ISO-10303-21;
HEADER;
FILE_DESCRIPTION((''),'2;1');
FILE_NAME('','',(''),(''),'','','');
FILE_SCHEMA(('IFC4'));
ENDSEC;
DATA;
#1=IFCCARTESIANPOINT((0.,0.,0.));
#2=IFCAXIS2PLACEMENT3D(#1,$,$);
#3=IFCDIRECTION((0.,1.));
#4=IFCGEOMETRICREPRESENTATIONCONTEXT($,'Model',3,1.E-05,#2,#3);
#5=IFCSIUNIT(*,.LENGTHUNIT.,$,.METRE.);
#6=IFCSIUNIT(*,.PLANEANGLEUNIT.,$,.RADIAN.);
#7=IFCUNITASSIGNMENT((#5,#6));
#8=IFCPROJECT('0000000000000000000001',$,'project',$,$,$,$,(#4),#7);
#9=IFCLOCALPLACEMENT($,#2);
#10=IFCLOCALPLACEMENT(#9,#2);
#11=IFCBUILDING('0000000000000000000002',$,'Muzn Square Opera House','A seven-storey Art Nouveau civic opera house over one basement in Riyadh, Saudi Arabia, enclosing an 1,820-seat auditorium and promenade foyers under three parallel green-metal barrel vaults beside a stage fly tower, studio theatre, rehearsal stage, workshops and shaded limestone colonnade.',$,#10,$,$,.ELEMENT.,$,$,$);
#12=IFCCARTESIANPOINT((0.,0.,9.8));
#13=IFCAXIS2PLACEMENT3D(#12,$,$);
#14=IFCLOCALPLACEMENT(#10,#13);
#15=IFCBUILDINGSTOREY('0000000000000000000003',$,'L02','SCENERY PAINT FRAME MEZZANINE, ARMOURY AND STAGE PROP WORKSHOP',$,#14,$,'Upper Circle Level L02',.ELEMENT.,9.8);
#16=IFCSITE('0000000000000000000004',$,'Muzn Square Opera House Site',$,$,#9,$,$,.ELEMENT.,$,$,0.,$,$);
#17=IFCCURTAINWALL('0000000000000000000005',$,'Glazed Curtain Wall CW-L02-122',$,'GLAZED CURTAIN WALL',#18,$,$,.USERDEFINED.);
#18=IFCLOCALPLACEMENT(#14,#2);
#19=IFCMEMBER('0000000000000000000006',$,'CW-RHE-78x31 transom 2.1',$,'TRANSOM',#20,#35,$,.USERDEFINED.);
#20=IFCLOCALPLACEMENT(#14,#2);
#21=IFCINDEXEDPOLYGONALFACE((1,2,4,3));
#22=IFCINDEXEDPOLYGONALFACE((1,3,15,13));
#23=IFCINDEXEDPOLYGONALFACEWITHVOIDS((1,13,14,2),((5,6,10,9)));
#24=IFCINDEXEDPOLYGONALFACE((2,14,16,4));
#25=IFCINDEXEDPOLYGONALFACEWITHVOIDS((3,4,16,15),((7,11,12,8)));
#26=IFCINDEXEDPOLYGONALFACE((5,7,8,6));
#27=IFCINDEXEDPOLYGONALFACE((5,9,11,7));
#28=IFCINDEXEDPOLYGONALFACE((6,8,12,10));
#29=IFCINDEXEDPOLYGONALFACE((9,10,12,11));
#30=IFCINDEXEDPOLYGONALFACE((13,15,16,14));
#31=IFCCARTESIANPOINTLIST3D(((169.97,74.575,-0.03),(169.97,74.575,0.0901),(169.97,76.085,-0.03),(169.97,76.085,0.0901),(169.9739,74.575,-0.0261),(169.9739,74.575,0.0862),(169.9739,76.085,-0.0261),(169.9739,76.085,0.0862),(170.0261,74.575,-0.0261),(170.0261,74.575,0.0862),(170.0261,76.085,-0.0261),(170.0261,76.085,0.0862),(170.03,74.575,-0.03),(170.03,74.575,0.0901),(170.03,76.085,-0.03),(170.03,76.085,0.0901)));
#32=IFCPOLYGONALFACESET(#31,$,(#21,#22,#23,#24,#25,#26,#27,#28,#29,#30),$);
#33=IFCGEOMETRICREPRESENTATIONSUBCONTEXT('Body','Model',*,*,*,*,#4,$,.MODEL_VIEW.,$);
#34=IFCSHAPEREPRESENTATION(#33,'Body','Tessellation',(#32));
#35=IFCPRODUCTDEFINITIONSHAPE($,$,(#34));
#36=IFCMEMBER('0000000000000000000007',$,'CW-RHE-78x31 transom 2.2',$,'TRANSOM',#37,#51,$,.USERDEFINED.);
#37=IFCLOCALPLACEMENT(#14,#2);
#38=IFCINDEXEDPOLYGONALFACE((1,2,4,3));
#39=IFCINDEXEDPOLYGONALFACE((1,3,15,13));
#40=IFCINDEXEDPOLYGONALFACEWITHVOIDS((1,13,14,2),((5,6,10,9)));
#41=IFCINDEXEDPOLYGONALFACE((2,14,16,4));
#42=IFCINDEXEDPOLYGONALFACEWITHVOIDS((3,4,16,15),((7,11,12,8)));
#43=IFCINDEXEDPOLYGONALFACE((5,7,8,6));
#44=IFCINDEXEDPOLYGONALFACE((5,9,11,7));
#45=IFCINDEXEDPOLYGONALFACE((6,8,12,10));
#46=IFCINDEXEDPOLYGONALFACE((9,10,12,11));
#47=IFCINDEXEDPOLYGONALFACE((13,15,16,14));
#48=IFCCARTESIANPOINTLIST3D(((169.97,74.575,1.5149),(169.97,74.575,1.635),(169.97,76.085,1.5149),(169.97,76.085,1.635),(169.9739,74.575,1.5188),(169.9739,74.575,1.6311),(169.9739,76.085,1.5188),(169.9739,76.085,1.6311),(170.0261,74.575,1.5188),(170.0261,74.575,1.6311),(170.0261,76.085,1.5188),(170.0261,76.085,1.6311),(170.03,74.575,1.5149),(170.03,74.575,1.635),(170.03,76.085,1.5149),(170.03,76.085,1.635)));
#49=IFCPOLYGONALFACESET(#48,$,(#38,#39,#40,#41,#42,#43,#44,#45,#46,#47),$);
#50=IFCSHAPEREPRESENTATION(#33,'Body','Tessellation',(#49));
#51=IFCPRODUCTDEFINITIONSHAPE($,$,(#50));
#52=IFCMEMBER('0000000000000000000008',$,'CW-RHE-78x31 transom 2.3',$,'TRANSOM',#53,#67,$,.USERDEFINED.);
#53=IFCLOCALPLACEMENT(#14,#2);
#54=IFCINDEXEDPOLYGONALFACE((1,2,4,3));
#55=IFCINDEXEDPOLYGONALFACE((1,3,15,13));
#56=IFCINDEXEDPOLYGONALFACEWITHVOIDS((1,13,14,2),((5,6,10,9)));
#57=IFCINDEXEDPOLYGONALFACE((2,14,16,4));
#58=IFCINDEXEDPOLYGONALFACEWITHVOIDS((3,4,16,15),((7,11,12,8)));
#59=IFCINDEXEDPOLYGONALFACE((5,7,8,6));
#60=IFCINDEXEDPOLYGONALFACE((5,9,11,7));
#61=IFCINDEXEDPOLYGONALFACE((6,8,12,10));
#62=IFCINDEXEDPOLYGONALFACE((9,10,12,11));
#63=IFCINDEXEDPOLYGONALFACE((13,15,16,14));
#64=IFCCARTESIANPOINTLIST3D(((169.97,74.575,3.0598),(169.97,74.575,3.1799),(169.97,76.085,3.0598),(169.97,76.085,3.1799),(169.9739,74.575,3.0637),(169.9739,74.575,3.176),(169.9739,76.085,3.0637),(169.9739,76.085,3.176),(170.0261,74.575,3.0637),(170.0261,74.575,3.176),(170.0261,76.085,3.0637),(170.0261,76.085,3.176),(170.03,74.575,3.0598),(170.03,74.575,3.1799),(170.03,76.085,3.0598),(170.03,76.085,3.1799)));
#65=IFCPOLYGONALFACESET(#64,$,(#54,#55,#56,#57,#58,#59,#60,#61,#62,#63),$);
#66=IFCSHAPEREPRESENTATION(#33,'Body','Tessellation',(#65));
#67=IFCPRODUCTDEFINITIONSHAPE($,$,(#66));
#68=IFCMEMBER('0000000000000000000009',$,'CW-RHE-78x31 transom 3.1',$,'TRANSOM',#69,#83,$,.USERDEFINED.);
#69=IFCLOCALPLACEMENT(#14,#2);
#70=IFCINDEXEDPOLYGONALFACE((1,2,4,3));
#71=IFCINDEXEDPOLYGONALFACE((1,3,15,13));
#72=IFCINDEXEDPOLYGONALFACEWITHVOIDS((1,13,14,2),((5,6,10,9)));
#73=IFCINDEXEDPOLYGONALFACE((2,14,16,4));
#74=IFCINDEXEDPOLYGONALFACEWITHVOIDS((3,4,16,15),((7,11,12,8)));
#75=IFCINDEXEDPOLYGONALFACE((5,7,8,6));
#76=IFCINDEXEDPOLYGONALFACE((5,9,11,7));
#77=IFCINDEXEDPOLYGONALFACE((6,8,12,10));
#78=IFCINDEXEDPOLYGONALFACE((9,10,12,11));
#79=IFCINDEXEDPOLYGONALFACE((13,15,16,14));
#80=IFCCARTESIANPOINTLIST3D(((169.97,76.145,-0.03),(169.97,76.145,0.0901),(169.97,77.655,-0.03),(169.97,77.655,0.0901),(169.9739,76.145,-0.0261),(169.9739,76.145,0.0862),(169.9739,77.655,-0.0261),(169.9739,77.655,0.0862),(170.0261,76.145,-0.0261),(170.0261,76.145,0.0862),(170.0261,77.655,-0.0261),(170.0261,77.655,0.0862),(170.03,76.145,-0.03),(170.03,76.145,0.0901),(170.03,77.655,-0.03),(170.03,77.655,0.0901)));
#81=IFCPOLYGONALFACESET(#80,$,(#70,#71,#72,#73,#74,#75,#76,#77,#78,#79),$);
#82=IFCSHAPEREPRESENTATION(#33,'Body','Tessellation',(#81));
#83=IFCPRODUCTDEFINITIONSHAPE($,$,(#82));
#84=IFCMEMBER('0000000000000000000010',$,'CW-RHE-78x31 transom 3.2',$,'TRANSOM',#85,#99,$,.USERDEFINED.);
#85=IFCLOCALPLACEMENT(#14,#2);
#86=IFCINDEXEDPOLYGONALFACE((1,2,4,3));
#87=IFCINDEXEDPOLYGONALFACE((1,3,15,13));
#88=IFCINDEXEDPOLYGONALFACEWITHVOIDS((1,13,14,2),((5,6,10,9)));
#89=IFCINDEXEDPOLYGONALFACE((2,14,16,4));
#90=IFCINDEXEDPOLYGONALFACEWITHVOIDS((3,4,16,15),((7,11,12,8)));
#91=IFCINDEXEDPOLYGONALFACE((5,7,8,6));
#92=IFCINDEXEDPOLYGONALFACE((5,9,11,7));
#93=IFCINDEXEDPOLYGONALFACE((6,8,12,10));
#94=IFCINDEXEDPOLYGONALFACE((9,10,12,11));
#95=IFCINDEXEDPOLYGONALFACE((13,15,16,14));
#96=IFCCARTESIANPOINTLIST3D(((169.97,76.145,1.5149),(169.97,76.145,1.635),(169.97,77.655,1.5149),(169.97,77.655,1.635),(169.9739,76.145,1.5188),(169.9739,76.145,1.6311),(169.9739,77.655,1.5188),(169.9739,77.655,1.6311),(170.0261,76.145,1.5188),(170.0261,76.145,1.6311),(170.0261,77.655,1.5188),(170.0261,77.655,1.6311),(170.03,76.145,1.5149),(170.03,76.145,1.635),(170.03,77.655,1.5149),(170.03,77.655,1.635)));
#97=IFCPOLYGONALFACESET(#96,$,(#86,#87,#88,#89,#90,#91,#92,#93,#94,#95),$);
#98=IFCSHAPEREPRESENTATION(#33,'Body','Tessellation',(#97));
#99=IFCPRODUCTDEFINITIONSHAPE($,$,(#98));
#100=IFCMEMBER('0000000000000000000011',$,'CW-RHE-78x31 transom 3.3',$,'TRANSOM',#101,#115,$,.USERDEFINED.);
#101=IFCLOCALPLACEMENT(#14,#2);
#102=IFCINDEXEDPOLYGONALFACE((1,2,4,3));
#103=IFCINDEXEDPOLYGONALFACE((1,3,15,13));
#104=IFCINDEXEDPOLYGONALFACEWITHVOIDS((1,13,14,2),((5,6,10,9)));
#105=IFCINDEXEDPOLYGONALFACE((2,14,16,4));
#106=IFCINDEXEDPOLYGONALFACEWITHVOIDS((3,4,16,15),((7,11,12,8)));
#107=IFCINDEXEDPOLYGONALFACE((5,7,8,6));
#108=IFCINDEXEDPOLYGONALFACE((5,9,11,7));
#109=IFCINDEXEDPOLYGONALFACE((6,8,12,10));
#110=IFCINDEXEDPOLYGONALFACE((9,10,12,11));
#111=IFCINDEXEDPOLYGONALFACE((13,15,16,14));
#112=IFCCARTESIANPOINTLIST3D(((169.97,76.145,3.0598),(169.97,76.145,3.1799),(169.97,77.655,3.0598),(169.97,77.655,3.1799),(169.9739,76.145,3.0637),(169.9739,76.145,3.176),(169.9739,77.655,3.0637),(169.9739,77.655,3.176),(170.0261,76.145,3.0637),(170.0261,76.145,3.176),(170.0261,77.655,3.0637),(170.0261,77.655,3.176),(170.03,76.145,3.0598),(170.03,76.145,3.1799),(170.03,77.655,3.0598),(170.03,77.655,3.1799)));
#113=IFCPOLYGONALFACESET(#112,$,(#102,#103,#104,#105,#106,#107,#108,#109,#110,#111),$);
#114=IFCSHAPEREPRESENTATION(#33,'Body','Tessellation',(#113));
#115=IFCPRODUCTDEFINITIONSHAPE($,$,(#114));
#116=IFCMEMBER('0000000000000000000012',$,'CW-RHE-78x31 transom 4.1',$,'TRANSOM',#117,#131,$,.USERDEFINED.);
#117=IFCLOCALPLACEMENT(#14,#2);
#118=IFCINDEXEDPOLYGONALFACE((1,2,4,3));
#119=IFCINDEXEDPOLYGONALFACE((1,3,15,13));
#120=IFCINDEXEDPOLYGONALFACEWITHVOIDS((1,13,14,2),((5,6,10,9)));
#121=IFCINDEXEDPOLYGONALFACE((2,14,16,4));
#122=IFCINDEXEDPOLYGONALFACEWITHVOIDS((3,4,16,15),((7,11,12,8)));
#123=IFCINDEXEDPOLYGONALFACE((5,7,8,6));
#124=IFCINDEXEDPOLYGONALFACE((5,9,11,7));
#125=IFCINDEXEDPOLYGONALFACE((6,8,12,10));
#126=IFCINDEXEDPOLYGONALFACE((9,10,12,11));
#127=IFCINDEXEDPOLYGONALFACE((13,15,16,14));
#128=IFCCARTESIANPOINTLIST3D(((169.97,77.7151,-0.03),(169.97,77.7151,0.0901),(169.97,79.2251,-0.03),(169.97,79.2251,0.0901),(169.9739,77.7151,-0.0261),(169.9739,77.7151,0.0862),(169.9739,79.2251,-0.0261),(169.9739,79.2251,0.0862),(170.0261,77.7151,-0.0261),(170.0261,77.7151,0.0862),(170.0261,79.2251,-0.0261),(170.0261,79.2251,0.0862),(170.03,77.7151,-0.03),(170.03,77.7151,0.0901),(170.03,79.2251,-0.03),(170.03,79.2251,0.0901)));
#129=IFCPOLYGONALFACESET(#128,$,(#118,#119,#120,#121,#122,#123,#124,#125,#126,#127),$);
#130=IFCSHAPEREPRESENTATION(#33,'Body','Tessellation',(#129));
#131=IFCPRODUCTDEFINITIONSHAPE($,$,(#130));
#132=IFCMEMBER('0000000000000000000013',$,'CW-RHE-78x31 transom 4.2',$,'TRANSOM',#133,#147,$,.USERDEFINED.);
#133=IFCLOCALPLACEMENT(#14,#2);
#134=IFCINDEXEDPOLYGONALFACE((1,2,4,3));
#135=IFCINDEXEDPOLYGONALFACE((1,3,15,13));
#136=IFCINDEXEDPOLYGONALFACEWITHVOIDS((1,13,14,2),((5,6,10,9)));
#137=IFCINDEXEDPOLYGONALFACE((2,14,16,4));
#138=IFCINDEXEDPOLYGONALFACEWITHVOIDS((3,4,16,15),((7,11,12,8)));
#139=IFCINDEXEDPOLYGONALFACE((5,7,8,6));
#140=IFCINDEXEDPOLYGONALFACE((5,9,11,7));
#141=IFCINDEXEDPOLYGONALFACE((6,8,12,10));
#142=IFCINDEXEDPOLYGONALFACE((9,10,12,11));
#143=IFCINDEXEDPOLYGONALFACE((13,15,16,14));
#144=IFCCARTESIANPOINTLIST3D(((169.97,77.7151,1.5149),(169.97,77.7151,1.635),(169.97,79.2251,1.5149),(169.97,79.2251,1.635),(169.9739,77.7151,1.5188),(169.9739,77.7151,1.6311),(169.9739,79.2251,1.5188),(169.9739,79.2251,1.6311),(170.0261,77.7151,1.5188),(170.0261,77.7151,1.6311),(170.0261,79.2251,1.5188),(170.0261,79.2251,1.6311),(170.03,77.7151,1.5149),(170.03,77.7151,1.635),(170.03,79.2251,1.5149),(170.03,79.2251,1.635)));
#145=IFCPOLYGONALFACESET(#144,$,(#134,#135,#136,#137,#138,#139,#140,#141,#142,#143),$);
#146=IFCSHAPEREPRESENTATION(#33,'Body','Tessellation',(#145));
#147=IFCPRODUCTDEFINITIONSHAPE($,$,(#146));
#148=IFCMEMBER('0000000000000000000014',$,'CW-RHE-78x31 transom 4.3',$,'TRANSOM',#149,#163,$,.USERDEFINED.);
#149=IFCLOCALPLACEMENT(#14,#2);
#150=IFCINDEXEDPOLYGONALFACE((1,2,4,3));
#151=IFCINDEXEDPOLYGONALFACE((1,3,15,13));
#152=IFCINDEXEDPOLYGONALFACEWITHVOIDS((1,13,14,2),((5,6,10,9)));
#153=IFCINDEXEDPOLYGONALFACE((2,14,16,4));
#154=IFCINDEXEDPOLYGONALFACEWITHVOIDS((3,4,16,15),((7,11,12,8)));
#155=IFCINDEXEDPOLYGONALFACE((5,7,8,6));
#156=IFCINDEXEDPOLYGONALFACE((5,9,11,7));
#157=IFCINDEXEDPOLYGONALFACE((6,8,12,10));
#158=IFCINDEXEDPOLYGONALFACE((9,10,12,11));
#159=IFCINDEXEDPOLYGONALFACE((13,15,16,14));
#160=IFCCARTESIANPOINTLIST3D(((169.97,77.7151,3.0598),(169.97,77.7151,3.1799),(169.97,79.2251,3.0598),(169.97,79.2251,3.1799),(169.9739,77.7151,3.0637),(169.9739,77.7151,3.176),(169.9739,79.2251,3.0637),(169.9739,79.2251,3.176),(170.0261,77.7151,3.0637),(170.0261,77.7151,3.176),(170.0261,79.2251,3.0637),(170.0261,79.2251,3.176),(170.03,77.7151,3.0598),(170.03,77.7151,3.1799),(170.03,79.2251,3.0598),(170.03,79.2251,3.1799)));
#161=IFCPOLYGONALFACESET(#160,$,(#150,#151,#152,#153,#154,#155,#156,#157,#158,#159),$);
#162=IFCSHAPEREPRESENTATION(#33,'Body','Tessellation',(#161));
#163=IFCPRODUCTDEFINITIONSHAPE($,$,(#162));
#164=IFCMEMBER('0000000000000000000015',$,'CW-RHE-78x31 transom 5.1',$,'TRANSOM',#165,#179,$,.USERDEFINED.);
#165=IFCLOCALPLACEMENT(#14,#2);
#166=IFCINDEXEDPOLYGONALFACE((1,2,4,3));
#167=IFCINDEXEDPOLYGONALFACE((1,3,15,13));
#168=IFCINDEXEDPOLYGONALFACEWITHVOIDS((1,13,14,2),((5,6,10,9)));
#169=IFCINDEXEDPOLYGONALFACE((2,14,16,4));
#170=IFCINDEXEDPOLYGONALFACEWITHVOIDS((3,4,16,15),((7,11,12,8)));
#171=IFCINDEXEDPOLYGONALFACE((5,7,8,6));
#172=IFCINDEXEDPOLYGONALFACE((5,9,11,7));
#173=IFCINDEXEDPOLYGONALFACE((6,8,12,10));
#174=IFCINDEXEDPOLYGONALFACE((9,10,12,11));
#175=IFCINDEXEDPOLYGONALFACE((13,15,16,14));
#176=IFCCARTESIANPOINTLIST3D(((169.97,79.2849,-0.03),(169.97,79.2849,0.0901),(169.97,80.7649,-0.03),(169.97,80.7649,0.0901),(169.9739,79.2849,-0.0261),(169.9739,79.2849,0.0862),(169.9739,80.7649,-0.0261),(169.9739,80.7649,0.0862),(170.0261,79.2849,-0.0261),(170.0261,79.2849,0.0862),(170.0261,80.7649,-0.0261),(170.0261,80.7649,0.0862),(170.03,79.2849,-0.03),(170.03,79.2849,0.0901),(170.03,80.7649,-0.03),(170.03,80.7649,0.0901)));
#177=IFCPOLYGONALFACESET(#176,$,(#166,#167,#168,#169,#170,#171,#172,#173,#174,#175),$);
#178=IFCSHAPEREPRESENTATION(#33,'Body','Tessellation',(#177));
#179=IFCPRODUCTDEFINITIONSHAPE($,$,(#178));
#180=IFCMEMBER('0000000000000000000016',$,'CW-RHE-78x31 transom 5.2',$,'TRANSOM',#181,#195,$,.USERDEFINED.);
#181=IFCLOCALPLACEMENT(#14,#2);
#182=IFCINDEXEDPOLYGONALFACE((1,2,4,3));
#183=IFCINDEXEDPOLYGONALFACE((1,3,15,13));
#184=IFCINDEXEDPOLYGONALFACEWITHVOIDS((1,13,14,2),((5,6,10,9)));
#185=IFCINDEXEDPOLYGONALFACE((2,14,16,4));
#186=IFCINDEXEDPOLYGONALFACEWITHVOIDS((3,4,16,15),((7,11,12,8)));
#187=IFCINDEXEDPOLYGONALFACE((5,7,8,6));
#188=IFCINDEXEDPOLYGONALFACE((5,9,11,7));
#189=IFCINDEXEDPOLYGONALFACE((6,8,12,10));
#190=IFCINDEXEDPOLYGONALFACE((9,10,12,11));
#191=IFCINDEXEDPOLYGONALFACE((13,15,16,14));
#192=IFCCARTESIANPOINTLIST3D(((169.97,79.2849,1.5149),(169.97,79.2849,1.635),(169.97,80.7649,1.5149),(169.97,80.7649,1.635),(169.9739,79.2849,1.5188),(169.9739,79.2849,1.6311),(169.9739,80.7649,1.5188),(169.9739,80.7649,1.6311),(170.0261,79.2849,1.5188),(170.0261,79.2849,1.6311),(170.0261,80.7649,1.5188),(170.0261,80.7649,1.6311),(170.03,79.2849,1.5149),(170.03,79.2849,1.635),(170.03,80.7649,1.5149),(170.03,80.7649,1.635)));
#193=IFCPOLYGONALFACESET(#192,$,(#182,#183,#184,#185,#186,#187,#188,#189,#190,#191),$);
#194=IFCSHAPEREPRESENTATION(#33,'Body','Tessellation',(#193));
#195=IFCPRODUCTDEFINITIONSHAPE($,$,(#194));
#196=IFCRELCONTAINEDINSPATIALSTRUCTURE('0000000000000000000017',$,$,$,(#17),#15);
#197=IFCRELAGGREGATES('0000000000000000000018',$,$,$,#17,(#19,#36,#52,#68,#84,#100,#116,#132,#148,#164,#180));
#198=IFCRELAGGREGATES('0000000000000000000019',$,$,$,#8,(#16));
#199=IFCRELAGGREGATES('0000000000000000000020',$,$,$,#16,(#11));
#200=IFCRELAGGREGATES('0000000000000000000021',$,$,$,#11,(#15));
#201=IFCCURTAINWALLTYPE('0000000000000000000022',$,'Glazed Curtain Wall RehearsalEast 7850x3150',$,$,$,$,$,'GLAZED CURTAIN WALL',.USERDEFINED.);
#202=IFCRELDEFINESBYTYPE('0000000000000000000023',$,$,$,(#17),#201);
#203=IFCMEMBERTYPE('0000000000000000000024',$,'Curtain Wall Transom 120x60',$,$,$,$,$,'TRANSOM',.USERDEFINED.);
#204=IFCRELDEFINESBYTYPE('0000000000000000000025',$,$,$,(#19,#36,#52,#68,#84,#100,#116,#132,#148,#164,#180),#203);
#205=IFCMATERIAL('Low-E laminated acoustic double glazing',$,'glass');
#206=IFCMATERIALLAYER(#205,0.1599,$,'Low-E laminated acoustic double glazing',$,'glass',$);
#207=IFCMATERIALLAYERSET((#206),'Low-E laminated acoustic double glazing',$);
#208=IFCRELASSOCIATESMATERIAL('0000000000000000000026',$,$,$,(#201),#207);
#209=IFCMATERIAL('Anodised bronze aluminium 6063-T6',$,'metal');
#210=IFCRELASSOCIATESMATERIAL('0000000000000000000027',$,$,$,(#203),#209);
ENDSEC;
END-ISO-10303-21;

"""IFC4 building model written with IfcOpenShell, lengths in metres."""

from ifc_helpers import new_model, si_unit, direction, frame, origin, origin_2d, place, context, subcontext, project, spatial, hollow_rectangle, extrude, material, layer, layer_set, material_profile, profile_set, type_object, element, aggregate, save


model = new_model("IFC4")

# Units and contexts
model_context = context("Model", 3, precision=1e-05, world=origin(), true_north=direction((0.0, 1.0)))
body_context = subcontext(model_context, "Body", "Model", "MODEL_VIEW")
ifc_project = project(units=[si_unit("LENGTHUNIT", "METRE"), si_unit("PLANEANGLEUNIT", "RADIAN")], contexts=[model_context])

# Site, building, storey
site_placement = place(None, origin())
site = spatial("IfcSite", under=ifc_project, at=site_placement, Name="Muzn Square Opera House Site", CompositionType="ELEMENT", RefElevation=0.0)
building_placement = place(site_placement, origin())
building = spatial("IfcBuilding", under=site, at=building_placement, Name="Muzn Square Opera House", Description="A seven-storey Art Nouveau civic opera house over one basement in Riyadh, Saudi Arabia, enclosing an 1,820-seat auditorium and promenade foyers under three parallel green-metal barrel vaults beside a stage fly tower, studio theatre, rehearsal stage, workshops and shaded limestone colonnade.", CompositionType="ELEMENT")
storey_placement = place(building_placement, frame((0.0, 0.0, 9.8)))
storey = spatial("IfcBuildingStorey", under=building, at=storey_placement, Name="L02", Description="SCENERY PAINT FRAME MEZZANINE, ARMOURY AND STAGE PROP WORKSHOP", LongName="Upper Circle Level L02", CompositionType="ELEMENT", Elevation=9.8)

# Curtain wall, members
ifc_material_1 = material(Name="Low-E laminated acoustic double glazing", Category="glass")
ifc_layer_1 = layer(ifc_material_1, 0.1599, Name="Low-E laminated acoustic double glazing", Category="glass")
ifc_layer_set_1 = layer_set([ifc_layer_1], Name="Low-E laminated acoustic double glazing")
curtain_wall_type = type_object("IfcCurtainWallType", Name="Glazed Curtain Wall RehearsalEast 7850x3150", ElementType="GLAZED CURTAIN WALL", PredefinedType="USERDEFINED", material=ifc_layer_set_1)
curtain_wall_placement = place(storey_placement, origin())
curtain_wall = element("IfcCurtainWall", 1, at=curtain_wall_placement, inside=storey, type_object=curtain_wall_type, Name="Glazed Curtain Wall CW-L02-122", ObjectType="GLAZED CURTAIN WALL", PredefinedType="USERDEFINED")
ifc_material_2 = material(Name="Anodised bronze aluminium 6063-T6", Category="metal")
ifc_material_profile_1 = material_profile(ifc_material_2, hollow_rectangle(XDim=0.0601, YDim=0.1201, WallThickness=0.0039, at=origin_2d()), Name="ALU 120x60x4", Category="metal")
ifc_profile_set_1 = profile_set([ifc_material_profile_1], Name="Anodised bronze aluminium 6063-T6")
member_type_1 = type_object("IfcMemberType", Name="Curtain Wall Transom 120x60", ElementType="TRANSOM", PredefinedType="USERDEFINED", material=ifc_profile_set_1)
member_1_placement = place(storey_placement, frame((170.0, 74.575, 0.03), z_axis=(0.0, 1.0, 0.0), x_axis=(-1.0, 0.0, 0.0)))
member_1 = element("IfcMember", 2, at=member_1_placement, type_object=member_type_1, Name="CW-RHE-78x31 transom 2.1", ObjectType="TRANSOM", PredefinedType="USERDEFINED", context=body_context, shape_type="SweptSolid", body=[
    extrude(hollow_rectangle(XDim=0.0601, YDim=0.1201, WallThickness=0.0039, at=origin_2d()), origin(), (0.0, 0.0, 1.0), 1.51),
])
member_2_placement = place(storey_placement, frame((170.0, 74.575, 1.575), z_axis=(0.0, 1.0, 0.0), x_axis=(-1.0, 0.0, 0.0)))
member_2 = element("IfcMember", 3, at=member_2_placement, type_object=member_type_1, Name="CW-RHE-78x31 transom 2.2", ObjectType="TRANSOM", PredefinedType="USERDEFINED", context=body_context, shape_type="SweptSolid", body=[
    extrude(hollow_rectangle(XDim=0.0601, YDim=0.1201, WallThickness=0.0039, at=origin_2d()), origin(), (0.0, 0.0, 1.0), 1.51),
])
member_3_placement = place(storey_placement, frame((170.0, 74.575, 3.1199), z_axis=(0.0, 1.0, 0.0), x_axis=(-1.0, 0.0, 0.0)))
member_3 = element("IfcMember", 4, at=member_3_placement, type_object=member_type_1, Name="CW-RHE-78x31 transom 2.3", ObjectType="TRANSOM", PredefinedType="USERDEFINED", context=body_context, shape_type="SweptSolid", body=[
    extrude(hollow_rectangle(XDim=0.0601, YDim=0.1201, WallThickness=0.0039, at=origin_2d()), origin(), (0.0, 0.0, 1.0), 1.51),
])
member_4_placement = place(storey_placement, frame((170.0, 76.145, 0.03), z_axis=(0.0, 1.0, 0.0), x_axis=(-1.0, 0.0, 0.0)))
member_4 = element("IfcMember", 5, at=member_4_placement, type_object=member_type_1, Name="CW-RHE-78x31 transom 3.1", ObjectType="TRANSOM", PredefinedType="USERDEFINED", context=body_context, shape_type="SweptSolid", body=[
    extrude(hollow_rectangle(XDim=0.0601, YDim=0.1201, WallThickness=0.0039, at=origin_2d()), origin(), (0.0, 0.0, 1.0), 1.51),
])
member_5_placement = place(storey_placement, frame((170.0, 76.145, 1.575), z_axis=(0.0, 1.0, 0.0), x_axis=(-1.0, 0.0, 0.0)))
member_5 = element("IfcMember", 6, at=member_5_placement, type_object=member_type_1, Name="CW-RHE-78x31 transom 3.2", ObjectType="TRANSOM", PredefinedType="USERDEFINED", context=body_context, shape_type="SweptSolid", body=[
    extrude(hollow_rectangle(XDim=0.0601, YDim=0.1201, WallThickness=0.0039, at=origin_2d()), origin(), (0.0, 0.0, 1.0), 1.51),
])
member_6_placement = place(storey_placement, frame((170.0, 76.145, 3.1199), z_axis=(0.0, 1.0, 0.0), x_axis=(-1.0, 0.0, 0.0)))
member_6 = element("IfcMember", 7, at=member_6_placement, type_object=member_type_1, Name="CW-RHE-78x31 transom 3.3", ObjectType="TRANSOM", PredefinedType="USERDEFINED", context=body_context, shape_type="SweptSolid", body=[
    extrude(hollow_rectangle(XDim=0.0601, YDim=0.1201, WallThickness=0.0039, at=origin_2d()), origin(), (0.0, 0.0, 1.0), 1.51),
])
member_7_placement = place(storey_placement, frame((170.0, 77.7151, 0.03), z_axis=(0.0, 1.0, 0.0), x_axis=(-1.0, 0.0, 0.0)))
member_7 = element("IfcMember", 8, at=member_7_placement, type_object=member_type_1, Name="CW-RHE-78x31 transom 4.1", ObjectType="TRANSOM", PredefinedType="USERDEFINED", context=body_context, shape_type="SweptSolid", body=[
    extrude(hollow_rectangle(XDim=0.0601, YDim=0.1201, WallThickness=0.0039, at=origin_2d()), origin(), (0.0, 0.0, 1.0), 1.51),
])
member_8_placement = place(storey_placement, frame((170.0, 77.7151, 1.575), z_axis=(0.0, 1.0, 0.0), x_axis=(-1.0, 0.0, 0.0)))
member_8 = element("IfcMember", 9, at=member_8_placement, type_object=member_type_1, Name="CW-RHE-78x31 transom 4.2", ObjectType="TRANSOM", PredefinedType="USERDEFINED", context=body_context, shape_type="SweptSolid", body=[
    extrude(hollow_rectangle(XDim=0.0601, YDim=0.1201, WallThickness=0.0039, at=origin_2d()), origin(), (0.0, 0.0, 1.0), 1.51),
])
member_9_placement = place(storey_placement, frame((170.0, 77.7151, 3.1199), z_axis=(0.0, 1.0, 0.0), x_axis=(-1.0, 0.0, 0.0)))
member_9 = element("IfcMember", 10, at=member_9_placement, type_object=member_type_1, Name="CW-RHE-78x31 transom 4.3", ObjectType="TRANSOM", PredefinedType="USERDEFINED", context=body_context, shape_type="SweptSolid", body=[
    extrude(hollow_rectangle(XDim=0.0601, YDim=0.1201, WallThickness=0.0039, at=origin_2d()), origin(), (0.0, 0.0, 1.0), 1.51),
])
member_10_placement = place(storey_placement, frame((170.0, 79.2849, 0.03), z_axis=(0.0, 1.0, 0.0), x_axis=(-1.0, 0.0, 0.0)))
member_10 = element("IfcMember", 11, at=member_10_placement, type_object=member_type_1, Name="CW-RHE-78x31 transom 5.1", ObjectType="TRANSOM", PredefinedType="USERDEFINED", context=body_context, shape_type="SweptSolid", body=[
    extrude(hollow_rectangle(XDim=0.0601, YDim=0.1201, WallThickness=0.0039, at=origin_2d()), origin(), (0.0, 0.0, 1.0), 1.48),
])
member_11_placement = place(storey_placement, frame((170.0, 79.2849, 1.575), z_axis=(0.0, 1.0, 0.0), x_axis=(-1.0, 0.0, 0.0)))
member_11 = element("IfcMember", 12, at=member_11_placement, type_object=member_type_1, Name="CW-RHE-78x31 transom 5.2", ObjectType="TRANSOM", PredefinedType="USERDEFINED", context=body_context, shape_type="SweptSolid", body=[
    extrude(hollow_rectangle(XDim=0.0601, YDim=0.1201, WallThickness=0.0039, at=origin_2d()), origin(), (0.0, 0.0, 1.0), 1.48),
])

aggregate(curtain_wall, [member_1, member_2, member_3, member_4, member_5, member_6, member_7, member_8, member_9, member_10, member_11])

save(model, "model.ifc")
